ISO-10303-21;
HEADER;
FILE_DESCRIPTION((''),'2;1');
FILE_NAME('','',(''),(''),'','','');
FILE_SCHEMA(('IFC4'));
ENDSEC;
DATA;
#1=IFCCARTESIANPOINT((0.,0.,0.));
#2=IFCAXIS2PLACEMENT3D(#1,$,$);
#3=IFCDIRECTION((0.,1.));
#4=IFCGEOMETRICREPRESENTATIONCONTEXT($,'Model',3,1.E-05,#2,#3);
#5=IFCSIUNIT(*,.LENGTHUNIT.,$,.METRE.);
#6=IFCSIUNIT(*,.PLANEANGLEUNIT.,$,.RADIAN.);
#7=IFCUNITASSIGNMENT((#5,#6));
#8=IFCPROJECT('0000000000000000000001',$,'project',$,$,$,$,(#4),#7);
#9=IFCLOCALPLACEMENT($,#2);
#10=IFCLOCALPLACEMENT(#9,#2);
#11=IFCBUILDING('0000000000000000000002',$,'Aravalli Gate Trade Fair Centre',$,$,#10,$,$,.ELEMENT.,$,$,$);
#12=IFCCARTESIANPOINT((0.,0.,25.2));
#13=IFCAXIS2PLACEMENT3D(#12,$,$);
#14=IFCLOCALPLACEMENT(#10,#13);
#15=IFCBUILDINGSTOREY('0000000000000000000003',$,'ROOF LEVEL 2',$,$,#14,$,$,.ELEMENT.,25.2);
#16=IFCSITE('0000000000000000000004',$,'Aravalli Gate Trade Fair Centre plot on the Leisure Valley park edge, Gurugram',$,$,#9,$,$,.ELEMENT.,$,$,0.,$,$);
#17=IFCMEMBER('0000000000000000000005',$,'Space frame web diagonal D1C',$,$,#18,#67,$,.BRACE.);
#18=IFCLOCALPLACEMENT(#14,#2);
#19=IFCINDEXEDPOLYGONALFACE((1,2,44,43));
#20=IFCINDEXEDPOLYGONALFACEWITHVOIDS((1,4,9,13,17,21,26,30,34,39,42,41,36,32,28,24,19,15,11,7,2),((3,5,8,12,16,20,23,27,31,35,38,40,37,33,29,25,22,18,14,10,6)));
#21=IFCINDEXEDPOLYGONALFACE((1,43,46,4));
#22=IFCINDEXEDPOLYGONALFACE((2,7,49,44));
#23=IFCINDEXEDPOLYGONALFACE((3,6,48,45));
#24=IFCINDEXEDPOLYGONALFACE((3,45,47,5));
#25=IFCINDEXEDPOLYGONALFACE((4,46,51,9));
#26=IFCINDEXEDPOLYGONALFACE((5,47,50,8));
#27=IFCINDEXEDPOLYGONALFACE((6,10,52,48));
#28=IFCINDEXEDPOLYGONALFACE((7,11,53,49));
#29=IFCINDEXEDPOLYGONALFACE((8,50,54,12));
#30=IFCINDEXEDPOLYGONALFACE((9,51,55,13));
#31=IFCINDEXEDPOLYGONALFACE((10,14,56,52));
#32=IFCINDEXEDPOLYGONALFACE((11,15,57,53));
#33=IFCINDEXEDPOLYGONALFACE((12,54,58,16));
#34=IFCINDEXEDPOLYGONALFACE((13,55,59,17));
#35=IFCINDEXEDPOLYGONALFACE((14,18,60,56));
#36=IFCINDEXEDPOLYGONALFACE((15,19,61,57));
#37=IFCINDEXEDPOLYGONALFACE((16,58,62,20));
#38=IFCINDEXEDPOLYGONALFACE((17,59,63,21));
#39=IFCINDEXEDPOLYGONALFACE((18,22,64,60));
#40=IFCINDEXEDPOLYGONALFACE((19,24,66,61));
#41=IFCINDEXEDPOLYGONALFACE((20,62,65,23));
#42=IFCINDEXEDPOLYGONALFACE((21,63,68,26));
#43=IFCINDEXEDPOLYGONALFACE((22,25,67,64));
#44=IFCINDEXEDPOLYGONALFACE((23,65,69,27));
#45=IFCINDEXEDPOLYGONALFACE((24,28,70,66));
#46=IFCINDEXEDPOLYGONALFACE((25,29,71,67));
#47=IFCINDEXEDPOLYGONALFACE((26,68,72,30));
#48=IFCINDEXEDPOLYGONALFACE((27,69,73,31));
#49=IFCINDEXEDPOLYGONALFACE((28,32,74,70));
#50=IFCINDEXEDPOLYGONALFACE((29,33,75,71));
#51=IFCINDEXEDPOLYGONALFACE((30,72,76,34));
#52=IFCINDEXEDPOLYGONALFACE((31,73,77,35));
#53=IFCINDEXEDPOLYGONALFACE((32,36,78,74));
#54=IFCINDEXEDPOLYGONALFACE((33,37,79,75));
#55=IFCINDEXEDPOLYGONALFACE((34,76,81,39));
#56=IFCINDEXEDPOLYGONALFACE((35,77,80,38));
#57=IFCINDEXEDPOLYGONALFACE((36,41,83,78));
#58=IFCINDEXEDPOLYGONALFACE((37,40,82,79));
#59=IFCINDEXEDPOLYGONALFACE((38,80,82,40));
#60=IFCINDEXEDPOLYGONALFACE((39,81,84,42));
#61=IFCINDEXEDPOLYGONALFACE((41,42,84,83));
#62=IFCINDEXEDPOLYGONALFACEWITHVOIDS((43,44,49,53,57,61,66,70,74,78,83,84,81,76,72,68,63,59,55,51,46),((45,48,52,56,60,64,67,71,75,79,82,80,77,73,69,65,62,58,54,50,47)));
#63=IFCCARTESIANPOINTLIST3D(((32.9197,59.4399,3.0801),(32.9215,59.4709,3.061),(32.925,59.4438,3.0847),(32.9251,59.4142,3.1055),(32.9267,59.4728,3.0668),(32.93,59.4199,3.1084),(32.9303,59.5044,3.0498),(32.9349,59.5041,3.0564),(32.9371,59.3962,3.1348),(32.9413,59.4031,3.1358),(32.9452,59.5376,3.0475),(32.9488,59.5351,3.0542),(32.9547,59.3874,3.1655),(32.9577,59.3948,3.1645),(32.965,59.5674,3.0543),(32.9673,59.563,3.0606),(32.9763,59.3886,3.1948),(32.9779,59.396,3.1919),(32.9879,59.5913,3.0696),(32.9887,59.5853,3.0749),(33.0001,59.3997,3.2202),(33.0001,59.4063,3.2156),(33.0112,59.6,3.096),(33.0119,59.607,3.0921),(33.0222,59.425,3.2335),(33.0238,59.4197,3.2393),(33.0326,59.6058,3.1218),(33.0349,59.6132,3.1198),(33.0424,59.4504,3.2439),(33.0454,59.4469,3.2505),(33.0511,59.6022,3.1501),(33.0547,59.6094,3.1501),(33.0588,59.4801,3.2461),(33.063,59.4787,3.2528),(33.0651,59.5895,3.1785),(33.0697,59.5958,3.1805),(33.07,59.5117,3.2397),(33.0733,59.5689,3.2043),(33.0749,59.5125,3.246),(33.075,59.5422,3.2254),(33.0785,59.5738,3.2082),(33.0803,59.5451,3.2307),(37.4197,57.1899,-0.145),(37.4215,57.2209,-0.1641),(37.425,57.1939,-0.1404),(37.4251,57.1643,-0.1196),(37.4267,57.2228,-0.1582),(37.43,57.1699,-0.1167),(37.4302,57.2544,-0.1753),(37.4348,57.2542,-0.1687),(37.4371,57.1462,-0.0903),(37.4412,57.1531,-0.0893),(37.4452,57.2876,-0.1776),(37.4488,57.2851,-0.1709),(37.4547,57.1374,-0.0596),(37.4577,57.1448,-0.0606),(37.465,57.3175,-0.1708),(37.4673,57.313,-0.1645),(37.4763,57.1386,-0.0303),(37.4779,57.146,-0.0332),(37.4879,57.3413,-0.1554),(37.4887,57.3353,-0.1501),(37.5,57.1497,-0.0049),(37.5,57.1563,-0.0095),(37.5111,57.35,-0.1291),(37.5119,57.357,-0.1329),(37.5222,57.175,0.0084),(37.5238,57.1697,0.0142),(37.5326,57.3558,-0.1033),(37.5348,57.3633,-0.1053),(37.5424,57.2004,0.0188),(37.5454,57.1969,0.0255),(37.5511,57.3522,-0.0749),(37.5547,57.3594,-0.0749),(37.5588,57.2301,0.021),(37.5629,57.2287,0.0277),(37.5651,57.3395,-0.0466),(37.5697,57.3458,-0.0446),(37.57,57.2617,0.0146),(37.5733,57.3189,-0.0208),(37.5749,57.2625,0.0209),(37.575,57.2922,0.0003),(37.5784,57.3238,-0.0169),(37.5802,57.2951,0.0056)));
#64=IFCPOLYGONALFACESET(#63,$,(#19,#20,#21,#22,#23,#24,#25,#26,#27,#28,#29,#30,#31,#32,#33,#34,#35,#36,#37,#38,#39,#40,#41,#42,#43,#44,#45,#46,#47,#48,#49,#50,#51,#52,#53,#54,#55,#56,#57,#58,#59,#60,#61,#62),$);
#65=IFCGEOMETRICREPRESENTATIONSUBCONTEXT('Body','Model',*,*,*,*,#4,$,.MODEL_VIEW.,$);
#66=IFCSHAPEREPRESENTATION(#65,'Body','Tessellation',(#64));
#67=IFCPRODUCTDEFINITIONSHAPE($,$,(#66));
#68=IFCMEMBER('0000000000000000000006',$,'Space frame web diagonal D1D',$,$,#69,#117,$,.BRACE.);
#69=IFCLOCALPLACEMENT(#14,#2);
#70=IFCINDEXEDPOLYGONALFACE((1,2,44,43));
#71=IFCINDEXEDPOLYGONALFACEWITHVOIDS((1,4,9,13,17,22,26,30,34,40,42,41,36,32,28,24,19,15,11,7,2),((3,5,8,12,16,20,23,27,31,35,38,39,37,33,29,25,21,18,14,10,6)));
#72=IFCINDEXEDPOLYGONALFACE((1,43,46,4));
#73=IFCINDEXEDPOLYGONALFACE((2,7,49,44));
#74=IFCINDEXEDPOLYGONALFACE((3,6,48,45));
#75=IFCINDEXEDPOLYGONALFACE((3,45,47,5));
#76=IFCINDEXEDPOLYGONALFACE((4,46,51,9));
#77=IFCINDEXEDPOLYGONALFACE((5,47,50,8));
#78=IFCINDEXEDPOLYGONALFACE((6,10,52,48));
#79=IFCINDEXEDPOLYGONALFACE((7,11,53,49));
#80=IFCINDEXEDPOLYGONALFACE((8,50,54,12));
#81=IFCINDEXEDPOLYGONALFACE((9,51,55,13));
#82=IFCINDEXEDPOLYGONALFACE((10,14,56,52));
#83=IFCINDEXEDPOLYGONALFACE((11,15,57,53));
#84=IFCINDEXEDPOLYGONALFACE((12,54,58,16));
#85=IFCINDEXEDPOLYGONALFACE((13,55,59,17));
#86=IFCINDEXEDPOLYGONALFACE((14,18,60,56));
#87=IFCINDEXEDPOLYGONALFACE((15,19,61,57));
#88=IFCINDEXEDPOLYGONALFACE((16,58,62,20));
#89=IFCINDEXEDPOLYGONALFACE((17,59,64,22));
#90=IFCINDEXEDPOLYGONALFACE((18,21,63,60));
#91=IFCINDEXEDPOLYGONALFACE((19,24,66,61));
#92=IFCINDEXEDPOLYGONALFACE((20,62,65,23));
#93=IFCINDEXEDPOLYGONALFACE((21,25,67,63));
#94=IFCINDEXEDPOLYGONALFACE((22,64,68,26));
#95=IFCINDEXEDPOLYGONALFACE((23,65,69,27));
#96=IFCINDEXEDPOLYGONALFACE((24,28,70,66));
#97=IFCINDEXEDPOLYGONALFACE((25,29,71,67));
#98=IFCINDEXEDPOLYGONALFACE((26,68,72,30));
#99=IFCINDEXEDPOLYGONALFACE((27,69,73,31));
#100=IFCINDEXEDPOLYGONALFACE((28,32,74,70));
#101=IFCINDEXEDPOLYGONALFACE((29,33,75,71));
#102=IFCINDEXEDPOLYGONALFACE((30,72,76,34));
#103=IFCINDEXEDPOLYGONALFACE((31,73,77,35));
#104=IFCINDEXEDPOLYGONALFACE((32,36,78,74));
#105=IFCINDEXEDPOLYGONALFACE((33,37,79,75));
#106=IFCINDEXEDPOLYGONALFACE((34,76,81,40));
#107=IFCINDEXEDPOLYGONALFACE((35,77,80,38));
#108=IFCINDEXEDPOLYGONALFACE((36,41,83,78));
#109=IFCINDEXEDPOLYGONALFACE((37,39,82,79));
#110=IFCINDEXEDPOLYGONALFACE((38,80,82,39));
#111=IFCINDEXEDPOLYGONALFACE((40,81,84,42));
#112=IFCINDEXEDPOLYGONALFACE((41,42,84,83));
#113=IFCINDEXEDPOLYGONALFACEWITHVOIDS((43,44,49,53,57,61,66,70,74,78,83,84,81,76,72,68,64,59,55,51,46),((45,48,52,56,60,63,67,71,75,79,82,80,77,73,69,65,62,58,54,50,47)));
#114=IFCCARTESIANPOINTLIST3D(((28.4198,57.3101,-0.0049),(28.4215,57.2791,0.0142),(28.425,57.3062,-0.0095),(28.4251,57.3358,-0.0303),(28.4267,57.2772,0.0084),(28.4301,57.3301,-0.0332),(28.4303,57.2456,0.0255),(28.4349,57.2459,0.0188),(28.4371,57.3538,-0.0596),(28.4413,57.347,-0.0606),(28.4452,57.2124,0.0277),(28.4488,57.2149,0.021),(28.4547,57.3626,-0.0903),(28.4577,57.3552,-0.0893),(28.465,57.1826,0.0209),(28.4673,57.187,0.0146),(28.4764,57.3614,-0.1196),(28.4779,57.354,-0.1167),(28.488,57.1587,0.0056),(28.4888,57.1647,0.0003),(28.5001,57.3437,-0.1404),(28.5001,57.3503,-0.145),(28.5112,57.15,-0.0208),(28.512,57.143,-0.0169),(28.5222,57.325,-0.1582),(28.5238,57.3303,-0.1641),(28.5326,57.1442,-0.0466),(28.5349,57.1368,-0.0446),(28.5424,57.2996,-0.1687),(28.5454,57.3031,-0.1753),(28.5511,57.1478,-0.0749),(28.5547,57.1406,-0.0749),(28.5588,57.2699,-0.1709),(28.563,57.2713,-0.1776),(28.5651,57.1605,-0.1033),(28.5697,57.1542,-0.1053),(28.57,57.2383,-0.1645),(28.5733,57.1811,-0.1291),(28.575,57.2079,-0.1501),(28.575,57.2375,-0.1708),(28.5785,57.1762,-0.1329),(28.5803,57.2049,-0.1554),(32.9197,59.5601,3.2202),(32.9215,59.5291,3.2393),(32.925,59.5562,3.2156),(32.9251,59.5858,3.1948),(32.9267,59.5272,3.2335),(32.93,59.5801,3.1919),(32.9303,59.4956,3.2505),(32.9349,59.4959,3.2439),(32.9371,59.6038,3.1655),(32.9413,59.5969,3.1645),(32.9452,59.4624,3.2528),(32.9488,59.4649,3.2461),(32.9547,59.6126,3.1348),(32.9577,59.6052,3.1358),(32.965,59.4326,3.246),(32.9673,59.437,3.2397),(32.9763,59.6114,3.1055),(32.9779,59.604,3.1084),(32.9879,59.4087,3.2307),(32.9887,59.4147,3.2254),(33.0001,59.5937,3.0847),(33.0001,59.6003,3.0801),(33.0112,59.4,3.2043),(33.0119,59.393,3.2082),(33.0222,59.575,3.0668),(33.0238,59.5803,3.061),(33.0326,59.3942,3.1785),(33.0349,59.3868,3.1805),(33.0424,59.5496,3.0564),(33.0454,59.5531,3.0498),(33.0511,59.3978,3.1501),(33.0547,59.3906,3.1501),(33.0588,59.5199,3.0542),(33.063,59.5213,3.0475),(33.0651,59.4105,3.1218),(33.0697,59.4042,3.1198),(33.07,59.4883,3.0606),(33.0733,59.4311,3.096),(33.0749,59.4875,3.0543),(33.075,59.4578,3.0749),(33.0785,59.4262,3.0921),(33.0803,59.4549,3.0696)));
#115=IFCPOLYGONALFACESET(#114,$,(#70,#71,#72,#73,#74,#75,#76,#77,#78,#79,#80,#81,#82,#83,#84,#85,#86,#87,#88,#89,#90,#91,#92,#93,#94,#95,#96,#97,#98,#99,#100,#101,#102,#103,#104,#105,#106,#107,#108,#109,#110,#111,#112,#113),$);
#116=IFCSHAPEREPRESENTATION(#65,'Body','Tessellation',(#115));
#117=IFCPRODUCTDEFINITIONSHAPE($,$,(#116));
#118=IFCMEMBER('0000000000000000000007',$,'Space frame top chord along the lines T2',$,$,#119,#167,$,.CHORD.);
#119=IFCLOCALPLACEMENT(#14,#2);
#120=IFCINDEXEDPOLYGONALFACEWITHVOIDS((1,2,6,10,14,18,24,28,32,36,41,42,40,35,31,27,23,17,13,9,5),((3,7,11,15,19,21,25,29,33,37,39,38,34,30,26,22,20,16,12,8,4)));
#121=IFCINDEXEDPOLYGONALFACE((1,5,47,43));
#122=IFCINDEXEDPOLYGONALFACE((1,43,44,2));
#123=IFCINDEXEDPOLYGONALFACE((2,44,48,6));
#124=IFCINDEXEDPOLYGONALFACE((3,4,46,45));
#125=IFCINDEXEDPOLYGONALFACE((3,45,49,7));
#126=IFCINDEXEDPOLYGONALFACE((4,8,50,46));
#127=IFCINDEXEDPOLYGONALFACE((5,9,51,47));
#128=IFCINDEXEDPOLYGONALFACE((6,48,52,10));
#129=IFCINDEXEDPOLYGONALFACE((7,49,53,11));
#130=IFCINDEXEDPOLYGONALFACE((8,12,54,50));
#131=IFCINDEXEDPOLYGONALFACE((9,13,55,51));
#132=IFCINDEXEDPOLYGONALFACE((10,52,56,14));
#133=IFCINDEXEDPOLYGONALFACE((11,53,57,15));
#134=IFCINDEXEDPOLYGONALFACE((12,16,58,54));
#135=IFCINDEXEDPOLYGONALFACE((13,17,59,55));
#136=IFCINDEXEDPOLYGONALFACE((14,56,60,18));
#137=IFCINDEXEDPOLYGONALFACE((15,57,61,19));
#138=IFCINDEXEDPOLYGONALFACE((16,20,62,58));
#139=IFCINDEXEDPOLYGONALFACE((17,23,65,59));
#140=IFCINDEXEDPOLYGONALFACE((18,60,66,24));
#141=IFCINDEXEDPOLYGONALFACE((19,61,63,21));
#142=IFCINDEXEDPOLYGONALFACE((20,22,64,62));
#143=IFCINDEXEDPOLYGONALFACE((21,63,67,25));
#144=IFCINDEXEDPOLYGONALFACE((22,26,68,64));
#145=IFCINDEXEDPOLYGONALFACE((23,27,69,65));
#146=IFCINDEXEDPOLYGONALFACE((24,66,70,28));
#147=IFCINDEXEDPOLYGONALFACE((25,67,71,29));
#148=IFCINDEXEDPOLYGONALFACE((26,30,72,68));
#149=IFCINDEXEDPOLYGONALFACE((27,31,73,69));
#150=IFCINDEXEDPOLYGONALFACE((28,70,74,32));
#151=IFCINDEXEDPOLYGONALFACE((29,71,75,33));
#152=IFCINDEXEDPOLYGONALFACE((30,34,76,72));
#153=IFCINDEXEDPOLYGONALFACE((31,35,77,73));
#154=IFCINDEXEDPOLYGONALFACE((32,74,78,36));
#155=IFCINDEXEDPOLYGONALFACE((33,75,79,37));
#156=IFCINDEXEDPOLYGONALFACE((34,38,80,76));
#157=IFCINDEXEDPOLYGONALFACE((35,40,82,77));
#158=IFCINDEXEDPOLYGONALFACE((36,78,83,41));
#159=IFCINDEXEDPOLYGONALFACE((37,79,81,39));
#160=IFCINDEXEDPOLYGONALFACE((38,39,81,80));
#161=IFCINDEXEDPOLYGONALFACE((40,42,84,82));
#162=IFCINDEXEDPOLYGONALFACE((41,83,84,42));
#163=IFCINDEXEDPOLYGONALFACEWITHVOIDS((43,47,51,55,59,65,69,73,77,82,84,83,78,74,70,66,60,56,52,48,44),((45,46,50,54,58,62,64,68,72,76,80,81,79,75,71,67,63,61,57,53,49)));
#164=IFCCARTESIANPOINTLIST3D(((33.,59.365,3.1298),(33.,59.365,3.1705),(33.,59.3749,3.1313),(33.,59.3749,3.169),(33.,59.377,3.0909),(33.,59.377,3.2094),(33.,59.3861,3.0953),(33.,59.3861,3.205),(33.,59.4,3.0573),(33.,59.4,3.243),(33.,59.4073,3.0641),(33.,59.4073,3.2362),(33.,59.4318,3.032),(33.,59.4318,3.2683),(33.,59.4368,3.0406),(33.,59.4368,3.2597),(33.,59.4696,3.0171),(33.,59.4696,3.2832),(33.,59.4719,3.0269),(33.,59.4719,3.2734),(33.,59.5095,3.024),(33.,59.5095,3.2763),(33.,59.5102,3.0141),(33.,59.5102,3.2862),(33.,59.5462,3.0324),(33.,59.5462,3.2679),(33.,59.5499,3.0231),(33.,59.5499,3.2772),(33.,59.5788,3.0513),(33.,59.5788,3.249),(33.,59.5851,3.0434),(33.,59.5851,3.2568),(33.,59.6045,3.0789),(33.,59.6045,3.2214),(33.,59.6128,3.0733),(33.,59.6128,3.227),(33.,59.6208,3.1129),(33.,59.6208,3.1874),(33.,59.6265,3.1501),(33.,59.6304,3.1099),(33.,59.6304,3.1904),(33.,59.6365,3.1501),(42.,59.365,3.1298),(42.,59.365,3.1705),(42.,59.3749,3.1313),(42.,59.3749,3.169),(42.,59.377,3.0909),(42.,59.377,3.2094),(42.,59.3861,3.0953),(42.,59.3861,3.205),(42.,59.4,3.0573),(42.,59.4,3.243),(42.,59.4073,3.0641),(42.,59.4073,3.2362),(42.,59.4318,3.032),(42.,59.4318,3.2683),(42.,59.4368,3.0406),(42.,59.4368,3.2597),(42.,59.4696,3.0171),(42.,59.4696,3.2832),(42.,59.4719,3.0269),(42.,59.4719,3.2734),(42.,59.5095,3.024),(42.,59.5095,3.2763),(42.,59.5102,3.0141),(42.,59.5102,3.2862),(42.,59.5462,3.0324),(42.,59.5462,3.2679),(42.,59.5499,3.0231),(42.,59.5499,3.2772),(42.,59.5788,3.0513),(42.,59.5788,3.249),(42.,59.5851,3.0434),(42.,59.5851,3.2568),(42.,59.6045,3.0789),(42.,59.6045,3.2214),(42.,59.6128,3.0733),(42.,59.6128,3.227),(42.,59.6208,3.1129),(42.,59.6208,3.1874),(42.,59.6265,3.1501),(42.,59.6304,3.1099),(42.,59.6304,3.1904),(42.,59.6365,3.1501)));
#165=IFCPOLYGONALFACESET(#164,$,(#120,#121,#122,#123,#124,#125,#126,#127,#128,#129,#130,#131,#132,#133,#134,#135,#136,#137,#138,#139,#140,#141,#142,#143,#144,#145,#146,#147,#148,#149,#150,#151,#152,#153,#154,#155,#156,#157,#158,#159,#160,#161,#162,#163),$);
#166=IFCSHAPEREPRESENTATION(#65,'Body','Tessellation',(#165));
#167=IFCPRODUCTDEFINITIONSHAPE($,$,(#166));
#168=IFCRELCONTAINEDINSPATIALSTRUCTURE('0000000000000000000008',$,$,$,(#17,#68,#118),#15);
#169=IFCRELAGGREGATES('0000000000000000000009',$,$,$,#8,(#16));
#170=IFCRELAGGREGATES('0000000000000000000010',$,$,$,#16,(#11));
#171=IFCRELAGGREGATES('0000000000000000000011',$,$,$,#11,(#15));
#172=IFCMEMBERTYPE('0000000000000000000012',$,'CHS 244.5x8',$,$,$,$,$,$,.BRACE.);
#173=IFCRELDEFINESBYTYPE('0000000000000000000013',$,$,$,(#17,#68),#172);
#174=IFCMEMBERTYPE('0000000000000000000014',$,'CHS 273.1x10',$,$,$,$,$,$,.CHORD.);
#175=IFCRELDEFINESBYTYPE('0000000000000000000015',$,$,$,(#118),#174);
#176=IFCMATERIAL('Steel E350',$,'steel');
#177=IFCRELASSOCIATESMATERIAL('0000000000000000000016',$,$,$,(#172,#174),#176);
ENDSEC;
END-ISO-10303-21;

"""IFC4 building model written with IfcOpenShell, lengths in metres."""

from ifc_helpers import new_model, si_unit, direction, frame, origin, origin_2d, place, context, subcontext, project, spatial, hollow_circle, extrude, material, material_profile, profile_set, type_object, element, save


model = new_model("IFC4")

# Units and contexts
model_context = context("Model", 3, precision=1e-05, world=origin(), true_north=direction((0.0, 1.0)))
body_context = subcontext(model_context, "Body", "Model", "MODEL_VIEW")
ifc_project = project(units=[si_unit("LENGTHUNIT", "METRE"), si_unit("PLANEANGLEUNIT", "RADIAN")], contexts=[model_context])

# Site, building, storey
site_placement = place(None, origin())
site = spatial("IfcSite", under=ifc_project, at=site_placement, Name="Aravalli Gate Trade Fair Centre plot on the Leisure Valley park edge, Gurugram", CompositionType="ELEMENT", RefElevation=0.0)
building_placement = place(site_placement, origin())
building = spatial("IfcBuilding", under=site, at=building_placement, Name="Aravalli Gate Trade Fair Centre", CompositionType="ELEMENT")
storey_placement = place(building_placement, frame((0.0, 0.0, 25.2)))
storey = spatial("IfcBuildingStorey", under=building, at=storey_placement, Name="ROOF LEVEL 2", CompositionType="ELEMENT", Elevation=25.2)

# Members
ifc_material_1 = material(Name="Steel E350", Category="steel")
ifc_material_profile_1 = material_profile(ifc_material_1, hollow_circle(Radius=0.1223, WallThickness=0.0081, at=origin_2d()), Name="CHS 244.5x8")
ifc_profile_set_1 = profile_set([ifc_material_profile_1], Name="Steel E350")
member_type_1 = type_object("IfcMemberType", Name="CHS 244.5x8", PredefinedType="BRACE", material=ifc_profile_set_1)
for number, where, z_axis, x_axis, name in (
    (1, (33.0, 59.5, 3.1501), (0.753, -0.3765, -0.539666), (0.447214, 0.894427, 0.0), "Space frame web diagonal D1C"),
    (2, (33.0, 59.5, 3.1501), (-0.753, -0.3765, -0.539666), (0.447214, -0.894427, 0.0), "Space frame web diagonal D1D"),
):
    element("IfcMember", number, at=place(storey_placement, frame(where, z_axis=z_axis, x_axis=x_axis)), inside=storey, type_object=member_type_1, Name=name, PredefinedType="BRACE", context=body_context, shape_type="SweptSolid", body=[
        extrude(hollow_circle(Radius=0.1223, WallThickness=0.0081, at=origin_2d()), origin(), (0.0, 0.0, 1.0), 5.9761),
    ])
ifc_material_profile_2 = material_profile(ifc_material_1, hollow_circle(Radius=0.1365, WallThickness=0.01, at=origin_2d()), Name="CHS 273.1x10")
ifc_profile_set_2 = profile_set([ifc_material_profile_2], Name="Steel E350")
member_type_2 = type_object("IfcMemberType", Name="CHS 273.1x10", PredefinedType="CHORD", material=ifc_profile_set_2)
for number, where, z_axis, x_axis, name in (
    (3, (33.0, 59.5, 3.1501), (1.0, 0.0, 0.0), (0.0, 1.0, 0.0), "Space frame top chord along the lines T2"),
):
    element("IfcMember", number, at=place(storey_placement, frame(where, z_axis=z_axis, x_axis=x_axis)), inside=storey, type_object=member_type_2, Name=name, PredefinedType="CHORD", context=body_context, shape_type="SweptSolid", body=[
        extrude(hollow_circle(Radius=0.1365, WallThickness=0.01, at=origin_2d()), origin(), (0.0, 0.0, 1.0), 9.0),
    ])

save(model, "model.ifc")
